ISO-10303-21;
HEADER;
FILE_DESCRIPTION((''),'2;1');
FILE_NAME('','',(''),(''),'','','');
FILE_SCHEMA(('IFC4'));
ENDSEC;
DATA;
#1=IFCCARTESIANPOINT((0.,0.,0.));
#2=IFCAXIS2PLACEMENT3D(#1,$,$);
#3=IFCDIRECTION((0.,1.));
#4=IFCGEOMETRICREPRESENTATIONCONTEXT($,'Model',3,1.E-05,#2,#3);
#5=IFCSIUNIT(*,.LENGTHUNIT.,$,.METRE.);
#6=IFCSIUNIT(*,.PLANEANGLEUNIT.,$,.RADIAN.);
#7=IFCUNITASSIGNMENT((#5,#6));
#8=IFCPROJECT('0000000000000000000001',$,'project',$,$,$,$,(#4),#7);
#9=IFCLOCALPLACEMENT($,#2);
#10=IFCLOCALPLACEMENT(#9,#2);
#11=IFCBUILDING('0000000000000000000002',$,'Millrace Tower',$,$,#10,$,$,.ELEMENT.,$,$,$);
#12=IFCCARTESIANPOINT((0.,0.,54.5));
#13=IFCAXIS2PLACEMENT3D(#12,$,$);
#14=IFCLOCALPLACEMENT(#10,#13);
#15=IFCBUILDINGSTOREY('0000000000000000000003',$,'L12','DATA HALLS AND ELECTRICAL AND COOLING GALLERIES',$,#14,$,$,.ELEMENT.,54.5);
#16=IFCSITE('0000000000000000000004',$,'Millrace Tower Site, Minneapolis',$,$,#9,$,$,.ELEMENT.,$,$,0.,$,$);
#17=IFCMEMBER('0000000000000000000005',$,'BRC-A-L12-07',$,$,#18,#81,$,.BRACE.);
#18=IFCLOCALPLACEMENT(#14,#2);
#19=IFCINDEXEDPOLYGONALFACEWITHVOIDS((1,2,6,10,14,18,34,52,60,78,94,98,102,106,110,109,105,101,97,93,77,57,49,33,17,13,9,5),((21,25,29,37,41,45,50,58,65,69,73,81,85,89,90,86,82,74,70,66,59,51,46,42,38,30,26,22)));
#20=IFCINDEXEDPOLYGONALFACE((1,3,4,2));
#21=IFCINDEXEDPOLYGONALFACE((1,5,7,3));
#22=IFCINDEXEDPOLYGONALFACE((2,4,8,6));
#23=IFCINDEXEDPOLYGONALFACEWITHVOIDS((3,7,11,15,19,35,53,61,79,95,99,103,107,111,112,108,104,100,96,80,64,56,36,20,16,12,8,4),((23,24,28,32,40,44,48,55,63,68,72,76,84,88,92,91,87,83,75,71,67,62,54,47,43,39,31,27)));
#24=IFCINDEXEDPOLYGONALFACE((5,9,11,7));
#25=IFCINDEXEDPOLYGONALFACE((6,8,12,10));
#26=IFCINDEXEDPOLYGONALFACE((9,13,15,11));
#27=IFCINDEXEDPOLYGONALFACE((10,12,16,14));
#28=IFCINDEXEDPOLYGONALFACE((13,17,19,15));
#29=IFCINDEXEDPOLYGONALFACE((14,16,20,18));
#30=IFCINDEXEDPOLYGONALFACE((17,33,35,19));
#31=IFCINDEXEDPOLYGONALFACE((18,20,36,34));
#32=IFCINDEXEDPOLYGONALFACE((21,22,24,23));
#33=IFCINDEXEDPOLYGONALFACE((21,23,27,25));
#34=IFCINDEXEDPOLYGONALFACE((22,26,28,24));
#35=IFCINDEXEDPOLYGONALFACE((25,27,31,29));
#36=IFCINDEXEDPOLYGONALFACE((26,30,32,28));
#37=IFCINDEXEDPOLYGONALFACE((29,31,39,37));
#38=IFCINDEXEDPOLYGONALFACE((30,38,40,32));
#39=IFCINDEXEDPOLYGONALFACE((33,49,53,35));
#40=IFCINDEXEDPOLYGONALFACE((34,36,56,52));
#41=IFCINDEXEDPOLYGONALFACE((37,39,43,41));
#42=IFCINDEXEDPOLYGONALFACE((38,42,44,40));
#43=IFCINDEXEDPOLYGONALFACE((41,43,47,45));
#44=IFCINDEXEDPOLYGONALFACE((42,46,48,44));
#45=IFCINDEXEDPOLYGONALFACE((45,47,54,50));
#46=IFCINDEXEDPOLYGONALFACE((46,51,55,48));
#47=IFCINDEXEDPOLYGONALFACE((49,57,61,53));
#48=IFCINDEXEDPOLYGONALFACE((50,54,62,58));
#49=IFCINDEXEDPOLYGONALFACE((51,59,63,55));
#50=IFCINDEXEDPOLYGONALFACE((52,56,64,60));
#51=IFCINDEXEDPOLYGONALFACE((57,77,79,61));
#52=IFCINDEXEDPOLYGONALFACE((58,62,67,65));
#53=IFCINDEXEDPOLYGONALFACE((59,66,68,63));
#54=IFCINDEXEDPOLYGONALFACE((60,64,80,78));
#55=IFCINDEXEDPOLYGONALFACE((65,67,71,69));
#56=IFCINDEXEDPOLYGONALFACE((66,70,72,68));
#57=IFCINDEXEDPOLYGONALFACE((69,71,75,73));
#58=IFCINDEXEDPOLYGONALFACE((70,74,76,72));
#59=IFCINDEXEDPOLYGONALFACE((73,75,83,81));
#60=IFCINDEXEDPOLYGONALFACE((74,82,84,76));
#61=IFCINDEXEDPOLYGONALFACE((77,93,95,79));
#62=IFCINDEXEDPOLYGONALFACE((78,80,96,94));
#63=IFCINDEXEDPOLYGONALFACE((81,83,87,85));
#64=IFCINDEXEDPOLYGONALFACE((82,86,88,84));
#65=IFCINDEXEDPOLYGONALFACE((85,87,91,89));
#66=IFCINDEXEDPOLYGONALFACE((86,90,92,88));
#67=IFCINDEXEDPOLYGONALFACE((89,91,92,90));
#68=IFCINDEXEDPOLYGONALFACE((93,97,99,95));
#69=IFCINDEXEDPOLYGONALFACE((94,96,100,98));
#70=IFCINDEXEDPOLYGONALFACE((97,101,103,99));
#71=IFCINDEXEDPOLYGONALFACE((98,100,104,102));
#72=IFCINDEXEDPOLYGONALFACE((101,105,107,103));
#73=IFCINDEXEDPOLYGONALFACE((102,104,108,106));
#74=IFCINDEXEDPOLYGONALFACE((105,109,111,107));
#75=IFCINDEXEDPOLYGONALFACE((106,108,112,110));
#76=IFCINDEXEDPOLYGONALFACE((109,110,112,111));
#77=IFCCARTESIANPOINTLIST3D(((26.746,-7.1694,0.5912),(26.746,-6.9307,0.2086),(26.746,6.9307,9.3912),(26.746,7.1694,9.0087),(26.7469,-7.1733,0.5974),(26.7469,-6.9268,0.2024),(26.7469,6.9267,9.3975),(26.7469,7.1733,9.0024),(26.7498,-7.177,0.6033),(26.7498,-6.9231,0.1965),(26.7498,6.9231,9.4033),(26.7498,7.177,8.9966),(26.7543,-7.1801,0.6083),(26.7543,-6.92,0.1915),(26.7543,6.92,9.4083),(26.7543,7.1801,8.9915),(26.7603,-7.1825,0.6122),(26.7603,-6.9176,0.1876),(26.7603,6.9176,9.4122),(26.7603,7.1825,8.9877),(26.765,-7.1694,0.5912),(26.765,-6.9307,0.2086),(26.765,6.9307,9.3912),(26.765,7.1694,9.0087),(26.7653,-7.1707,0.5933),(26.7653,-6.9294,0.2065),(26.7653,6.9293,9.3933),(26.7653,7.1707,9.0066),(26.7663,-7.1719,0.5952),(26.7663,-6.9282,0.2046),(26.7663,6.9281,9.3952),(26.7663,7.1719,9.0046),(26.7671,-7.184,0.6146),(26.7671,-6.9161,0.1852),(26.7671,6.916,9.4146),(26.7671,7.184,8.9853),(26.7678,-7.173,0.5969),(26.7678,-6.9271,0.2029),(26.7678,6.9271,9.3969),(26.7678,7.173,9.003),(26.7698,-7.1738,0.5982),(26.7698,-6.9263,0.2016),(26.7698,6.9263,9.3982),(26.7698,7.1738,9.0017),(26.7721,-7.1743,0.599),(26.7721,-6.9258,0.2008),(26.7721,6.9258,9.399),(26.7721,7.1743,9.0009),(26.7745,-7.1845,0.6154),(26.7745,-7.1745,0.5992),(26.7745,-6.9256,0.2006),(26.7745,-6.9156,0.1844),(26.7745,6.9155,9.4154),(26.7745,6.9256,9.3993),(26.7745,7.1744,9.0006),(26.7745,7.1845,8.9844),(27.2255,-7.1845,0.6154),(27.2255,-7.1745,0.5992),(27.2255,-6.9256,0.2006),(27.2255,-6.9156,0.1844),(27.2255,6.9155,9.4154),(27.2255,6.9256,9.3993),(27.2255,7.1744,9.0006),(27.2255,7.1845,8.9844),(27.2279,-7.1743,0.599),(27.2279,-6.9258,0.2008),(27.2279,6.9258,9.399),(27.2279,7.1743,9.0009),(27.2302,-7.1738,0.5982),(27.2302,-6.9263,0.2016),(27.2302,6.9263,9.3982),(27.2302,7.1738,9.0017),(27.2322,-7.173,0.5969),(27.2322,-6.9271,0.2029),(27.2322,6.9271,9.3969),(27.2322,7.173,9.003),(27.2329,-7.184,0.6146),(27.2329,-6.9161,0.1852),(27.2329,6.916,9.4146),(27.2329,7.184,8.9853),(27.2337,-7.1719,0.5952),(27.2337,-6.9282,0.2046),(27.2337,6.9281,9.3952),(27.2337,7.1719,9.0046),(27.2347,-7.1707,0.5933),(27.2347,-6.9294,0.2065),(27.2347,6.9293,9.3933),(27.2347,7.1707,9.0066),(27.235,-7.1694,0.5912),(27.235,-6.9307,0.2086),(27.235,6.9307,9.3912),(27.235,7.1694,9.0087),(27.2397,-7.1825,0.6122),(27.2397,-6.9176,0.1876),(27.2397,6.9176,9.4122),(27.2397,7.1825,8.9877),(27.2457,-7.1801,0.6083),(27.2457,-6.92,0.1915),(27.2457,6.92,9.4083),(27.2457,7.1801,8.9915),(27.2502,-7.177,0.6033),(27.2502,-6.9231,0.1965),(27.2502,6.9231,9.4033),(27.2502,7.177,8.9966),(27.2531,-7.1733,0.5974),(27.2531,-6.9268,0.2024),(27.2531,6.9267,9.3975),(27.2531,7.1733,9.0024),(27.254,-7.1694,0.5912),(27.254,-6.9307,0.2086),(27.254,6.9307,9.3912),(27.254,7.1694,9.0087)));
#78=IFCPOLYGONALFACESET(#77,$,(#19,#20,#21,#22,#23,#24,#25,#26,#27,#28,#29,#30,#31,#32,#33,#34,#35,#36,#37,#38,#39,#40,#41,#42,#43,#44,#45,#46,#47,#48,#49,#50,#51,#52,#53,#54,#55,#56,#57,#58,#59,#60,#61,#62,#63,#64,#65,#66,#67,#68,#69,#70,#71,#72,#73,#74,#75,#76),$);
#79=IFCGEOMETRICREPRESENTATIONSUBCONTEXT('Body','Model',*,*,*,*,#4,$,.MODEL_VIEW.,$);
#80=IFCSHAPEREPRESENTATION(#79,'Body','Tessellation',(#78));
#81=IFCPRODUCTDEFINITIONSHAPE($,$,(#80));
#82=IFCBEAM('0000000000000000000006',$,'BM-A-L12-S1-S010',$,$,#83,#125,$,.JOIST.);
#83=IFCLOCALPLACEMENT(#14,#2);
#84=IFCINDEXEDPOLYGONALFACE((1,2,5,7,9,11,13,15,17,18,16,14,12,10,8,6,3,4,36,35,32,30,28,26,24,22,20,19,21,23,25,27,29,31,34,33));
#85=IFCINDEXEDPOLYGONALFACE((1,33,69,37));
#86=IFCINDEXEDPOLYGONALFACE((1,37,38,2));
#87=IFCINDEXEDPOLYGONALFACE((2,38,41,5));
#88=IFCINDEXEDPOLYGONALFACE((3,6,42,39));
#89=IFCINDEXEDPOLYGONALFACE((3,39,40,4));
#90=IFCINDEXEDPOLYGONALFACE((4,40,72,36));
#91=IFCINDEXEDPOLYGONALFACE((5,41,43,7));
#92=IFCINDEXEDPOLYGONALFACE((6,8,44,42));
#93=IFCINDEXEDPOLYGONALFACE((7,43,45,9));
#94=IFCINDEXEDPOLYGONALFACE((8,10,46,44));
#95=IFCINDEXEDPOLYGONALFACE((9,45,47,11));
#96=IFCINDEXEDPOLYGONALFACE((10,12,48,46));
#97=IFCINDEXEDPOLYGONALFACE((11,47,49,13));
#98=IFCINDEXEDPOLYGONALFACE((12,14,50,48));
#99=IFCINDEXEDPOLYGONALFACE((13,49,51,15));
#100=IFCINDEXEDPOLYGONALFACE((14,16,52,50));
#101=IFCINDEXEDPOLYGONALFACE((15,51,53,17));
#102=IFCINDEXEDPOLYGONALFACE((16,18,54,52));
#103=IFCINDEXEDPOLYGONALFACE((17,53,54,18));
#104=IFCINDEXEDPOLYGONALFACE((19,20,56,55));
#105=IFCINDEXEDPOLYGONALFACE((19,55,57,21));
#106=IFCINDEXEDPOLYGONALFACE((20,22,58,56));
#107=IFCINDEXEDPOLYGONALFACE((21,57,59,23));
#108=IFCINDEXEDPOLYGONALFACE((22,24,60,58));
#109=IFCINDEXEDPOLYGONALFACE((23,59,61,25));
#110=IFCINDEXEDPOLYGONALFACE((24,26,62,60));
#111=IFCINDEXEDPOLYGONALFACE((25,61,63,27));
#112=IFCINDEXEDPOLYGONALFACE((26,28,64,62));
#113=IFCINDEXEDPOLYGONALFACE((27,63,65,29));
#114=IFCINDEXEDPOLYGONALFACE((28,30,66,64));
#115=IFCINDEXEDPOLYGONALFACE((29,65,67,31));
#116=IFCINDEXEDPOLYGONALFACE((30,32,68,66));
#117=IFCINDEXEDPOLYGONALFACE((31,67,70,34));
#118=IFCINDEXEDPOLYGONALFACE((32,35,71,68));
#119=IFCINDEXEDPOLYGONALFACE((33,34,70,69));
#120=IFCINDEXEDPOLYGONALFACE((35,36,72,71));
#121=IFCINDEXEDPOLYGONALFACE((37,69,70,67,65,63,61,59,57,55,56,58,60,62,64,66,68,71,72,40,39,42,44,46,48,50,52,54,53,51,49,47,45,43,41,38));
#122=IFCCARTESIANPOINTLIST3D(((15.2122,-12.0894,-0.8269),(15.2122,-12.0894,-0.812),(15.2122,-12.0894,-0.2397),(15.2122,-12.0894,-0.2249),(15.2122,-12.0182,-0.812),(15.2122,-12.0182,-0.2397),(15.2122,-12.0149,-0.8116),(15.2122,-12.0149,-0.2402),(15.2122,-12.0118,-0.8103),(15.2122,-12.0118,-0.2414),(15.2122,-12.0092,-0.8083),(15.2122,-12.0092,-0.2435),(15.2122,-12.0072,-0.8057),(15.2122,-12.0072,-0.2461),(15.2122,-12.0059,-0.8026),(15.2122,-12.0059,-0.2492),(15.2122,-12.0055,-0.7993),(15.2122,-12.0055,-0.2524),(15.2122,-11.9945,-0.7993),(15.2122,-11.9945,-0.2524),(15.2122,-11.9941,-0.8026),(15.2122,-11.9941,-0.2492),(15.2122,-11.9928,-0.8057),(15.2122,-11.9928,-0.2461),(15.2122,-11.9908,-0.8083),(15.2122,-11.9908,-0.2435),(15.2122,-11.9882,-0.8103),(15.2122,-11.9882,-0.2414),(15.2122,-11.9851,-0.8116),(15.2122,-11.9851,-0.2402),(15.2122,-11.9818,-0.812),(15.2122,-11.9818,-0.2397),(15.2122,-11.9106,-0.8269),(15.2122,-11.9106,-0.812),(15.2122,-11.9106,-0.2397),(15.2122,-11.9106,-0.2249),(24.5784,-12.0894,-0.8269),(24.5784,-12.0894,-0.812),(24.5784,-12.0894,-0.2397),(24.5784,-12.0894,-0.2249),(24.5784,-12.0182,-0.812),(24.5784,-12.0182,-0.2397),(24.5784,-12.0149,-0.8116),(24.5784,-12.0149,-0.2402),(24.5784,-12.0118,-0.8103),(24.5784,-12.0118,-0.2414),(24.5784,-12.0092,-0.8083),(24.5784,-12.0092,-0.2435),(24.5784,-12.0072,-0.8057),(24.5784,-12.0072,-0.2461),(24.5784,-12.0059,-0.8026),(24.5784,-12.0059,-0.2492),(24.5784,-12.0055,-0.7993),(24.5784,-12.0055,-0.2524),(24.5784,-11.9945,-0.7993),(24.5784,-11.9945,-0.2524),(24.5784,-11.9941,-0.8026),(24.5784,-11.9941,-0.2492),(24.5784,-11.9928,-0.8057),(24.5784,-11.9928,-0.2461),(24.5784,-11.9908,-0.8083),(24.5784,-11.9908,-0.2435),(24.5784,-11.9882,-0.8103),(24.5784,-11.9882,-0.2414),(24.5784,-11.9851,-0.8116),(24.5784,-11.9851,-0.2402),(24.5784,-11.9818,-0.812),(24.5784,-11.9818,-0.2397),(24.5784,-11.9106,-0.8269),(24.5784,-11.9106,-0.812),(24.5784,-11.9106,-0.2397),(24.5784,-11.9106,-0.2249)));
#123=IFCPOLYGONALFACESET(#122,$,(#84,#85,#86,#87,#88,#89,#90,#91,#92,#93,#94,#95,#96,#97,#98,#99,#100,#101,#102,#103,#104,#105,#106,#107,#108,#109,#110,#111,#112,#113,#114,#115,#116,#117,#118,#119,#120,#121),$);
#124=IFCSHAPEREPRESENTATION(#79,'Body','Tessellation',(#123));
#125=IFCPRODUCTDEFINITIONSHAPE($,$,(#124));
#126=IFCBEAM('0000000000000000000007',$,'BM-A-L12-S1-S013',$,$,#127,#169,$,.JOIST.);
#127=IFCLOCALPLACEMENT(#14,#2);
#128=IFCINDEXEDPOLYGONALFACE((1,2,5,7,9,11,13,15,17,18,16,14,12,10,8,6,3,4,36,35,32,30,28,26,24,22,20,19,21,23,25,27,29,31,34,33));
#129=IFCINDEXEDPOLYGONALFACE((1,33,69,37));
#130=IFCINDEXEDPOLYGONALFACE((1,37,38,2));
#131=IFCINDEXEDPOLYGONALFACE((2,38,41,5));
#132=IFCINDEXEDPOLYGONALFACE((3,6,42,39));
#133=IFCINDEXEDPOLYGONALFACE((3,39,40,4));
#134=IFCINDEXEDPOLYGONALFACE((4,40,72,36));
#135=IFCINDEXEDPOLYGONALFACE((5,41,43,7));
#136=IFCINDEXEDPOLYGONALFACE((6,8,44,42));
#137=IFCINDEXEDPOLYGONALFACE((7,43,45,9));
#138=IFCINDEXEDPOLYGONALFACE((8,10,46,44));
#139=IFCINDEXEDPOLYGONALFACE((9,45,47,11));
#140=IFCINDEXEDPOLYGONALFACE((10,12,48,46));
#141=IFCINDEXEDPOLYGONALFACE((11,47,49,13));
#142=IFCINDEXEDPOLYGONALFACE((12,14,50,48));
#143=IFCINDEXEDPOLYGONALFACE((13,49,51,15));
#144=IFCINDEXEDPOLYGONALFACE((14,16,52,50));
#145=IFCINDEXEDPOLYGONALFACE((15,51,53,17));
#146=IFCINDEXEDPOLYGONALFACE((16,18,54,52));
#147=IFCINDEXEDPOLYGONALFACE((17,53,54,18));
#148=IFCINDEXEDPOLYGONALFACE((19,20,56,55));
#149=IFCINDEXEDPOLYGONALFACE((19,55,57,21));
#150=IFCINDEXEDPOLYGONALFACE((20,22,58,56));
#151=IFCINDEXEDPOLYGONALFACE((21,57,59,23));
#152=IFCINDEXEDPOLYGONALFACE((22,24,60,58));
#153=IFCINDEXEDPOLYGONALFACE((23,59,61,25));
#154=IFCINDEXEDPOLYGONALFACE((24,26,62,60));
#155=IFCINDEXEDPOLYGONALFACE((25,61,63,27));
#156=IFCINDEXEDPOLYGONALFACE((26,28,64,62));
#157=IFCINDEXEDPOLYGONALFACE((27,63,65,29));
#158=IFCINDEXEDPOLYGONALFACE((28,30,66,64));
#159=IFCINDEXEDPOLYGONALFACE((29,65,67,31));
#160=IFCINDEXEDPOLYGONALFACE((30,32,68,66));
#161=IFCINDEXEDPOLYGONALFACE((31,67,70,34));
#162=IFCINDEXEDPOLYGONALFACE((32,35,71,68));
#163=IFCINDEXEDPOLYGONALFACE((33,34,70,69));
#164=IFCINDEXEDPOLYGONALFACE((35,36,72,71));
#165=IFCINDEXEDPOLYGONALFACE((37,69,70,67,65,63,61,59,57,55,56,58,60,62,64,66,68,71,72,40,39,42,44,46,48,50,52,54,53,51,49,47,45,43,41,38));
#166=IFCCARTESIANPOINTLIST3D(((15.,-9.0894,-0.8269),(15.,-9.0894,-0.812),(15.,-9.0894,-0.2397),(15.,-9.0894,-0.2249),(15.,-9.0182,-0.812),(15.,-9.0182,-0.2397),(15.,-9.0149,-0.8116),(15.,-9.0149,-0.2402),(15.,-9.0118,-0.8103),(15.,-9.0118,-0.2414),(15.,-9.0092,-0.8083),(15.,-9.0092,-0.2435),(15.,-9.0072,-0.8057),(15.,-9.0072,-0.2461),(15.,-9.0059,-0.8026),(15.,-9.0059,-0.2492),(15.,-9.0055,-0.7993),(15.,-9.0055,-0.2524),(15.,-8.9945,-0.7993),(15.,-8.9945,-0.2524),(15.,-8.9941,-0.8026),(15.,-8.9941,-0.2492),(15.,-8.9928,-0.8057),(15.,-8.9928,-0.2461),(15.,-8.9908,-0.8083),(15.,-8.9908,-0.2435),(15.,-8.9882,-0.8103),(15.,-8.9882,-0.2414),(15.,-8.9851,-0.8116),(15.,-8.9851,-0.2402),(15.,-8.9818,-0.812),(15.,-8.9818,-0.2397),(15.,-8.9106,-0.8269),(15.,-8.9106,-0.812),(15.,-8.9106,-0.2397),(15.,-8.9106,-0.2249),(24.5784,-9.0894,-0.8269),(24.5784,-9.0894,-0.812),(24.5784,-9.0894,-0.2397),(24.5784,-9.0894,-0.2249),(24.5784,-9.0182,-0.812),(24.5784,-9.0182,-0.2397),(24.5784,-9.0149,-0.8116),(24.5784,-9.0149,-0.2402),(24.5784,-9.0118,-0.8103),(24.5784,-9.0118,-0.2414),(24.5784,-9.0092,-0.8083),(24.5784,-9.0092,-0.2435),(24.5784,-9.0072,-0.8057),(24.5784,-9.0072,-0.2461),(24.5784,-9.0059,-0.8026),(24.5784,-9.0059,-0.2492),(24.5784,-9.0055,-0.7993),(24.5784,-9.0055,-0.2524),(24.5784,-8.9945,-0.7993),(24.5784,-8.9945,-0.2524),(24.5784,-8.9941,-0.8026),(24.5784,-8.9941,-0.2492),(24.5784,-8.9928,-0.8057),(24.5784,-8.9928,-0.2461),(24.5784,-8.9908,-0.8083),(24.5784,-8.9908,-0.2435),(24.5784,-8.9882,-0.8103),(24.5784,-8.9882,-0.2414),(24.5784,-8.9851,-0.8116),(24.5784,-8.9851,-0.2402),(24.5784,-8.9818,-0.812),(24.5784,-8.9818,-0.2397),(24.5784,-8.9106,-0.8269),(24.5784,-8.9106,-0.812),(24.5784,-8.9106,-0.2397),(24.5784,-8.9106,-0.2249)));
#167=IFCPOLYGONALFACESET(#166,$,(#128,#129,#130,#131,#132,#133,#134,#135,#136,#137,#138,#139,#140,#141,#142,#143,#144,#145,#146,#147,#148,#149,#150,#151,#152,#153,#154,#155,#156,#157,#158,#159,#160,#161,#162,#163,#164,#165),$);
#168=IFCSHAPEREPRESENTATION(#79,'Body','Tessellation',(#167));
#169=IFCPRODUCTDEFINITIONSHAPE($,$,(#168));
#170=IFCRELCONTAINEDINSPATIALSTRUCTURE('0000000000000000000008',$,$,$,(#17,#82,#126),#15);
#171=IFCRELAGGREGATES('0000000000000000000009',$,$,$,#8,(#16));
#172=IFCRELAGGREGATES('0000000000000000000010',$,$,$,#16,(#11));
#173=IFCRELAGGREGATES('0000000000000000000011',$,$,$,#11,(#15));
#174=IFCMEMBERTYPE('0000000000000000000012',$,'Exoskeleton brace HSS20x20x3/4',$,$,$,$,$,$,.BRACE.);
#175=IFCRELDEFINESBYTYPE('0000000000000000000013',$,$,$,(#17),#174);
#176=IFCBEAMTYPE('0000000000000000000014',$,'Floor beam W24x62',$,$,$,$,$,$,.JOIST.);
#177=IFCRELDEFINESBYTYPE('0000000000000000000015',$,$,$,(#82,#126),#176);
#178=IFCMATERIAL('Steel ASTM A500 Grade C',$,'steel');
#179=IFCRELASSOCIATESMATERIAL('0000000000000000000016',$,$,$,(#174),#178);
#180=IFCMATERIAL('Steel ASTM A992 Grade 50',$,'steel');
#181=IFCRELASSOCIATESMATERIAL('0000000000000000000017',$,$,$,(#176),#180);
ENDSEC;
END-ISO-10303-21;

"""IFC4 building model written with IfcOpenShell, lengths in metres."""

from ifc_helpers import new_model, si_unit, direction, frame, origin, origin_2d, place, context, subcontext, project, spatial, hollow_rectangle, i_section, extrude, material, material_profile, profile_set, type_object, element, save


model = new_model("IFC4")

# Units and contexts
model_context = context("Model", 3, precision=1e-05, world=origin(), true_north=direction((0.0, 1.0)))
body_context = subcontext(model_context, "Body", "Model", "MODEL_VIEW")
ifc_project = project(units=[si_unit("LENGTHUNIT", "METRE"), si_unit("PLANEANGLEUNIT", "RADIAN")], contexts=[model_context])

# Site, building, storey
site_placement = place(None, origin())
site = spatial("IfcSite", under=ifc_project, at=site_placement, Name="Millrace Tower Site, Minneapolis", CompositionType="ELEMENT", RefElevation=0.0)
building_placement = place(site_placement, origin())
building = spatial("IfcBuilding", under=site, at=building_placement, Name="Millrace Tower", CompositionType="ELEMENT")
storey_placement = place(building_placement, frame((0.0, 0.0, 54.5)))
storey = spatial("IfcBuildingStorey", under=building, at=storey_placement, Name="L12", Description="DATA HALLS AND ELECTRICAL AND COOLING GALLERIES", CompositionType="ELEMENT", Elevation=54.5)

# Member
ifc_material_1 = material(Name="Steel ASTM A500 Grade C", Category="steel")
ifc_material_profile_1 = material_profile(ifc_material_1, hollow_rectangle(XDim=0.5081, YDim=0.5081, WallThickness=0.019, InnerFilletRadius=0.0095, OuterFilletRadius=0.0286, at=origin_2d()))
ifc_profile_set_1 = profile_set([ifc_material_profile_1], Name="Steel ASTM A500 Grade C")
member_type_1 = type_object("IfcMemberType", Name="Exoskeleton brace HSS20x20x3/4", PredefinedType="BRACE", material=ifc_profile_set_1)
member_1_placement = place(storey_placement, frame((27.0, -7.05, 0.3999), z_axis=(0.0, 0.848336, 0.529457), x_axis=(-1.0, 0.0, 0.0)))
element("IfcMember", 1, at=member_1_placement, inside=storey, type_object=member_type_1, Name="BRC-A-L12-07", PredefinedType="BRACE", context=body_context, shape_type="SweptSolid", body=[
    extrude(hollow_rectangle(XDim=0.5081, YDim=0.5081, WallThickness=0.019, InnerFilletRadius=0.0095, OuterFilletRadius=0.0286, at=origin_2d()), origin(), (0.0, 0.0, 1.0), 16.6208),
])

# Beams
ifc_material_2 = material(Name="Steel ASTM A992 Grade 50", Category="steel")
ifc_material_profile_2 = material_profile(ifc_material_2, i_section(OverallWidth=0.1787, OverallDepth=0.6021, WebThickness=0.011, FlangeThickness=0.0149, FilletRadius=0.0127, at=origin_2d()))
ifc_profile_set_2 = profile_set([ifc_material_profile_2], Name="Steel ASTM A992 Grade 50")
beam_type_1 = type_object("IfcBeamType", Name="Floor beam W24x62", PredefinedType="JOIST", material=ifc_profile_set_2)
beam_1_placement = place(storey_placement, frame((15.2122, -12.0, -0.5259), z_axis=(1.0, 0.0, 0.0), x_axis=(0.0, 1.0, 0.0)))
element("IfcBeam", 2, at=beam_1_placement, inside=storey, type_object=beam_type_1, Name="BM-A-L12-S1-S010", PredefinedType="JOIST", context=body_context, shape_type="SweptSolid", body=[
    extrude(i_section(OverallWidth=0.1787, OverallDepth=0.6021, WebThickness=0.011, FlangeThickness=0.0149, FilletRadius=0.0127, at=origin_2d()), origin(), (0.0, 0.0, 1.0), 9.3662),
])
for number, where, z_axis, x_axis, name in (
    (3, (15.0, -9.0, -0.5259), (1.0, 0.0, 0.0), (0.0, 1.0, 0.0), "BM-A-L12-S1-S013"),
):
    element("IfcBeam", number, at=place(storey_placement, frame(where, z_axis=z_axis, x_axis=x_axis)), inside=storey, type_object=beam_type_1, Name=name, PredefinedType="JOIST", context=body_context, shape_type="SweptSolid", body=[
        extrude(i_section(OverallWidth=0.1787, OverallDepth=0.6021, WebThickness=0.011, FlangeThickness=0.0149, FilletRadius=0.0127, at=origin_2d()), origin(), (0.0, 0.0, 1.0), 9.5784),
    ])

save(model, "model.ifc")
